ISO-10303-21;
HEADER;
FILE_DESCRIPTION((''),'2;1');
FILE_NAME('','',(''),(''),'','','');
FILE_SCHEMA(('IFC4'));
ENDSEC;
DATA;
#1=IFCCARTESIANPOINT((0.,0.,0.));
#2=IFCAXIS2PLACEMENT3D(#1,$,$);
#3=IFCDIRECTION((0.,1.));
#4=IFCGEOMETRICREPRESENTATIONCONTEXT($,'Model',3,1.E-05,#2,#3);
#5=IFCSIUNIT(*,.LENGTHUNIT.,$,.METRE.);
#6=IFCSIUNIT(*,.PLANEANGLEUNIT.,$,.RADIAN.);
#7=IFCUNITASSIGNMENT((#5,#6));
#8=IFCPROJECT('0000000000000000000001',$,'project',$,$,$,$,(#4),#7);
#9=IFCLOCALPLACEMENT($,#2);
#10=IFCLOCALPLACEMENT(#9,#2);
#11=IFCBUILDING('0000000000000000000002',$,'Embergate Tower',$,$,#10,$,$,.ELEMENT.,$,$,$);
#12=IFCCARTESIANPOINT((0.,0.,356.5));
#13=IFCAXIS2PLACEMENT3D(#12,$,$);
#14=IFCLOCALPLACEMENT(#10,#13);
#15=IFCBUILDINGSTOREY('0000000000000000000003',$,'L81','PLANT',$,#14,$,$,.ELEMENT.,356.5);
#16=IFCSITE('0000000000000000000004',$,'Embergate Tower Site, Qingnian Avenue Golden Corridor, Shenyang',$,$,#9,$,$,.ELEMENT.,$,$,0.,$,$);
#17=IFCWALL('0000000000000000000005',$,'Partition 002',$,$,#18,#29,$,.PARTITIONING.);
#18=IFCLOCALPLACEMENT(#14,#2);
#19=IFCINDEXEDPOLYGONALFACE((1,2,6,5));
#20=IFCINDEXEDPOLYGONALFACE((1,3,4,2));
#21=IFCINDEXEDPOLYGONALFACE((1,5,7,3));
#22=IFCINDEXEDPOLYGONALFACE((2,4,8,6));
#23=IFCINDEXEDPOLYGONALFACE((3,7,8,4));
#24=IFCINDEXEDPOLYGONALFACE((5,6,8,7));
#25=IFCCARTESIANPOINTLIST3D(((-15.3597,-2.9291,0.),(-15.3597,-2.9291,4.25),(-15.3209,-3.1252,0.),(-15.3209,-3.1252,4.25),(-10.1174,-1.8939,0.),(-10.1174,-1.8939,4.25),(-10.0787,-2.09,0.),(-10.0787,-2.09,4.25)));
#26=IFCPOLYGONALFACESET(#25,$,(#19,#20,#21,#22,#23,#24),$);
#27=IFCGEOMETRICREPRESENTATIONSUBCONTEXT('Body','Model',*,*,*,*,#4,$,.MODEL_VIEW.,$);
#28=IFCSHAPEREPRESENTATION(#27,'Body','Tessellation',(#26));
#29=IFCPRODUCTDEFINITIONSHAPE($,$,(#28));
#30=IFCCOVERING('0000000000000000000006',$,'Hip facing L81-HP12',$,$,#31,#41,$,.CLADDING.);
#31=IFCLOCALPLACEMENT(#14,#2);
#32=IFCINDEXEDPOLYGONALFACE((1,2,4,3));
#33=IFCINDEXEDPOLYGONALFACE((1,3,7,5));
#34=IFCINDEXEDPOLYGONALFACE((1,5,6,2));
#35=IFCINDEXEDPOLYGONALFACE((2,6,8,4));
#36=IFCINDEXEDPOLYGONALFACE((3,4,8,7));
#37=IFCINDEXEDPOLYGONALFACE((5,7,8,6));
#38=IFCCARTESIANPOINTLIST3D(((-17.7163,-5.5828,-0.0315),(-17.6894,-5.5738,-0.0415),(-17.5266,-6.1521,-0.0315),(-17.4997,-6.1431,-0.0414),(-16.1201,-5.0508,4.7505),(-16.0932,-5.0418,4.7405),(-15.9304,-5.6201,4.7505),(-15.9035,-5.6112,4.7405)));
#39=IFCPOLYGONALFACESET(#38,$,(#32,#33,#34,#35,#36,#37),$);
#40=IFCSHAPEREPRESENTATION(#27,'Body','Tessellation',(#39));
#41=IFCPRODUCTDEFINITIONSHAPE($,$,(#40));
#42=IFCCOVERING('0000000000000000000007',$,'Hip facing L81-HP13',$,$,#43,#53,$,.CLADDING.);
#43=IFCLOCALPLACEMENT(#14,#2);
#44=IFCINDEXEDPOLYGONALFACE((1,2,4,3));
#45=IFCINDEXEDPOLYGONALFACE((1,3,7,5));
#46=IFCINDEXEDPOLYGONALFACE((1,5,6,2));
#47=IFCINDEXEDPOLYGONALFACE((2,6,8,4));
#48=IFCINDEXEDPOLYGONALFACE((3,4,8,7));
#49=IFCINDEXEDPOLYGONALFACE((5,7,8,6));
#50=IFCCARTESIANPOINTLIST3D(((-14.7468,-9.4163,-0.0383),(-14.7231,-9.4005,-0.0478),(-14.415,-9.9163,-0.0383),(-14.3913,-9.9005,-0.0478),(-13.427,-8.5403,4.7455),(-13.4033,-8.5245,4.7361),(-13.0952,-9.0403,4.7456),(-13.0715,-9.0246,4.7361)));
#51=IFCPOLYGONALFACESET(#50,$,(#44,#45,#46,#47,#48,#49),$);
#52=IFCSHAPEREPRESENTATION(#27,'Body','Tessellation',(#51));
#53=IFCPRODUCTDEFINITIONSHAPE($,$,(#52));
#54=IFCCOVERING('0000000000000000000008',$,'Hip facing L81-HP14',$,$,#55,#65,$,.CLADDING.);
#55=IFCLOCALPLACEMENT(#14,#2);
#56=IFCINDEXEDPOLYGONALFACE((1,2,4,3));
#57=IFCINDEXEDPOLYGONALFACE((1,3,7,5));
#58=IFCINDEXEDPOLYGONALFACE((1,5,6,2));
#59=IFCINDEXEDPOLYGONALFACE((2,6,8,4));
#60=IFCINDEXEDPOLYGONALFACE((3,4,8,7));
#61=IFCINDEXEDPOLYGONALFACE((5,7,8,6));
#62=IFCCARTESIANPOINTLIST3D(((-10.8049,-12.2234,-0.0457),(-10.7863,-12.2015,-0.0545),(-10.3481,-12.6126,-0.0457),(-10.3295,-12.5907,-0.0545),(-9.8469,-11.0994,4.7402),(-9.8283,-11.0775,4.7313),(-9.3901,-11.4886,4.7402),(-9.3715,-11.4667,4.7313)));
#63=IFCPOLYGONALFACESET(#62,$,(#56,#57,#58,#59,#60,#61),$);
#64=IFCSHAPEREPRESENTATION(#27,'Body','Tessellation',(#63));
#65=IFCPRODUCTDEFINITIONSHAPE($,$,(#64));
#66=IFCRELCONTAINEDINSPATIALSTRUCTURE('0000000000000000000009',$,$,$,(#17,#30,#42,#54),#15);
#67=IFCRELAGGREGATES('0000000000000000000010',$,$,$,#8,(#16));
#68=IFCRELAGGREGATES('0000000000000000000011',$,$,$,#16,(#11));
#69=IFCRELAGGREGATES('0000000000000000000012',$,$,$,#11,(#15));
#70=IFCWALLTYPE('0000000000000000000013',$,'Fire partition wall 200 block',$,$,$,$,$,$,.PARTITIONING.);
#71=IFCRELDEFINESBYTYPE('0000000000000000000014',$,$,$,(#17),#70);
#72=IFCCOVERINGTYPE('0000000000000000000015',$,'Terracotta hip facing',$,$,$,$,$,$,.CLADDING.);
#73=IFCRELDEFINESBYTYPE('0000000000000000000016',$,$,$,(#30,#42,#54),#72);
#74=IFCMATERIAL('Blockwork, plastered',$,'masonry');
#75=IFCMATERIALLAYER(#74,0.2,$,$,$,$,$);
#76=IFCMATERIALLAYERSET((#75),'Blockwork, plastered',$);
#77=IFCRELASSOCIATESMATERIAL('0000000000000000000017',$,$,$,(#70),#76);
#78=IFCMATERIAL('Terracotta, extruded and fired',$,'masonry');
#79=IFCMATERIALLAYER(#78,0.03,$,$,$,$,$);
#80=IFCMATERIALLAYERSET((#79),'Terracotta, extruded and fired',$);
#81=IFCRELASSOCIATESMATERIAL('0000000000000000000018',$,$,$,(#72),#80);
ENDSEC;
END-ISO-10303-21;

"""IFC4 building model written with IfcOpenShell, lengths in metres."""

from ifc_helpers import new_model, si_unit, direction, frame, frame_2d, origin, place, context, subcontext, project, spatial, polyline, rectangle, outline, extrude, source, transform, mapped, material, layer, layer_set, type_object, element, save


model = new_model("IFC4")

# Units and contexts
model_context = context("Model", 3, precision=1e-05, world=origin(), true_north=direction((0.0, 1.0)))
body_context = subcontext(model_context, "Body", "Model", "MODEL_VIEW")
ifc_project = project(units=[si_unit("LENGTHUNIT", "METRE"), si_unit("PLANEANGLEUNIT", "RADIAN")], contexts=[model_context])

# Site, building, storey
site_placement = place(None, origin())
site = spatial("IfcSite", under=ifc_project, at=site_placement, Name="Embergate Tower Site, Qingnian Avenue Golden Corridor, Shenyang", CompositionType="ELEMENT", RefElevation=0.0)
building_placement = place(site_placement, origin())
building = spatial("IfcBuilding", under=site, at=building_placement, Name="Embergate Tower", CompositionType="ELEMENT")
storey_placement = place(building_placement, frame((0.0, 0.0, 356.5)))
storey = spatial("IfcBuildingStorey", under=building, at=storey_placement, Name="L81", Description="PLANT", CompositionType="ELEMENT", Elevation=356.5)

# Wall
ifc_material_1 = material(Name="Blockwork, plastered", Category="masonry")
ifc_layer_1 = layer(ifc_material_1, 0.2)
ifc_layer_set_1 = layer_set([ifc_layer_1], Name="Blockwork, plastered")
wall_type_1 = type_object("IfcWallType", Name="Fire partition wall 200 block", PredefinedType="PARTITIONING", material=ifc_layer_set_1)
shared_shape_1 = source(origin(), body_context, "Body", "SweptSolid", [
    extrude(rectangle(XDim=5.3435, YDim=0.2, at=frame_2d((2.6719, 0.0))), origin(), (0.0, 0.0, 1.0), 4.25),
])
wall_1_placement = place(storey_placement, frame((-10.0979, -1.9919, 0.0), z_axis=(0.0, 0.0, 1.0), x_axis=(-0.981056, -0.193726, 0.0)))
element("IfcWall", 1, at=wall_1_placement, inside=storey, type_object=wall_type_1, Name="Partition 002", PredefinedType="PARTITIONING", context=body_context, shape_type="MappedRepresentation", body=[
    mapped(shared_shape_1, transform((0.0, 0.0, 0.0))),
])

# Coverings
ifc_material_2 = material(Name="Terracotta, extruded and fired", Category="masonry")
ifc_layer_2 = layer(ifc_material_2, 0.03)
ifc_layer_set_2 = layer_set([ifc_layer_2], Name="Terracotta, extruded and fired")
covering_type = type_object("IfcCoveringType", Name="Terracotta hip facing", PredefinedType="CLADDING", material=ifc_layer_set_2)
shared_shape_2 = source(origin(), body_context, "Body", "SweptSolid", [
    extrude(outline(polyline([(0.0, 0.0), (5.0693, 0.0), (5.0693, -0.6001), (0.0, -0.6001), (0.0, 0.0)])), origin(), (0.0, 0.0, -1.0), 0.03),
])
covering_1_placement = place(storey_placement, frame((-17.7163, -5.5828, -0.0315), z_axis=(-0.894946, -0.298187, 0.331899), x_axis=(0.314872, 0.104941, 0.943315)))
element("IfcCovering", 2, at=covering_1_placement, inside=storey, type_object=covering_type, Name="Hip facing L81-HP12", PredefinedType="CLADDING", context=body_context, shape_type="MappedRepresentation", body=[
    mapped(shared_shape_2, transform((0.0, 0.0, 0.0))),
])
shared_shape_3 = source(origin(), body_context, "Body", "SweptSolid", [
    extrude(outline(polyline([(0.0, 0.0), (5.0393, 0.0), (5.0393, -0.6001), (0.0, -0.6001), (0.0, 0.0)])), origin(), (0.0, 0.0, -1.0), 0.03),
])
covering_2_placement = place(storey_placement, frame((-14.7468, -9.4163, -0.0383), z_axis=(-0.791002, -0.524888, 0.314338), x_axis=(0.261902, 0.173826, 0.949311)))
element("IfcCovering", 3, at=covering_2_placement, inside=storey, type_object=covering_type, Name="Hip facing L81-HP13", PredefinedType="CLADDING", context=body_context, shape_type="MappedRepresentation", body=[
    mapped(shared_shape_3, transform((0.0, 0.0, 0.0))),
])
shared_shape_4 = source(origin(), body_context, "Body", "SweptSolid", [
    extrude(outline(polyline([(0.0, 0.0), (5.0085, 0.0), (5.0085, -0.6001), (0.0, -0.6001), (0.0, 0.0)])), origin(), (0.0, 0.0, -1.0), 0.03),
])
covering_3_placement = place(storey_placement, frame((-10.8049, -12.2234, -0.0457), z_axis=(-0.619675, -0.72736, 0.294872), x_axis=(0.191273, 0.224419, 0.955537)))
element("IfcCovering", 4, at=covering_3_placement, inside=storey, type_object=covering_type, Name="Hip facing L81-HP14", PredefinedType="CLADDING", context=body_context, shape_type="MappedRepresentation", body=[
    mapped(shared_shape_4, transform((0.0, 0.0, 0.0))),
])

save(model, "model.ifc")
